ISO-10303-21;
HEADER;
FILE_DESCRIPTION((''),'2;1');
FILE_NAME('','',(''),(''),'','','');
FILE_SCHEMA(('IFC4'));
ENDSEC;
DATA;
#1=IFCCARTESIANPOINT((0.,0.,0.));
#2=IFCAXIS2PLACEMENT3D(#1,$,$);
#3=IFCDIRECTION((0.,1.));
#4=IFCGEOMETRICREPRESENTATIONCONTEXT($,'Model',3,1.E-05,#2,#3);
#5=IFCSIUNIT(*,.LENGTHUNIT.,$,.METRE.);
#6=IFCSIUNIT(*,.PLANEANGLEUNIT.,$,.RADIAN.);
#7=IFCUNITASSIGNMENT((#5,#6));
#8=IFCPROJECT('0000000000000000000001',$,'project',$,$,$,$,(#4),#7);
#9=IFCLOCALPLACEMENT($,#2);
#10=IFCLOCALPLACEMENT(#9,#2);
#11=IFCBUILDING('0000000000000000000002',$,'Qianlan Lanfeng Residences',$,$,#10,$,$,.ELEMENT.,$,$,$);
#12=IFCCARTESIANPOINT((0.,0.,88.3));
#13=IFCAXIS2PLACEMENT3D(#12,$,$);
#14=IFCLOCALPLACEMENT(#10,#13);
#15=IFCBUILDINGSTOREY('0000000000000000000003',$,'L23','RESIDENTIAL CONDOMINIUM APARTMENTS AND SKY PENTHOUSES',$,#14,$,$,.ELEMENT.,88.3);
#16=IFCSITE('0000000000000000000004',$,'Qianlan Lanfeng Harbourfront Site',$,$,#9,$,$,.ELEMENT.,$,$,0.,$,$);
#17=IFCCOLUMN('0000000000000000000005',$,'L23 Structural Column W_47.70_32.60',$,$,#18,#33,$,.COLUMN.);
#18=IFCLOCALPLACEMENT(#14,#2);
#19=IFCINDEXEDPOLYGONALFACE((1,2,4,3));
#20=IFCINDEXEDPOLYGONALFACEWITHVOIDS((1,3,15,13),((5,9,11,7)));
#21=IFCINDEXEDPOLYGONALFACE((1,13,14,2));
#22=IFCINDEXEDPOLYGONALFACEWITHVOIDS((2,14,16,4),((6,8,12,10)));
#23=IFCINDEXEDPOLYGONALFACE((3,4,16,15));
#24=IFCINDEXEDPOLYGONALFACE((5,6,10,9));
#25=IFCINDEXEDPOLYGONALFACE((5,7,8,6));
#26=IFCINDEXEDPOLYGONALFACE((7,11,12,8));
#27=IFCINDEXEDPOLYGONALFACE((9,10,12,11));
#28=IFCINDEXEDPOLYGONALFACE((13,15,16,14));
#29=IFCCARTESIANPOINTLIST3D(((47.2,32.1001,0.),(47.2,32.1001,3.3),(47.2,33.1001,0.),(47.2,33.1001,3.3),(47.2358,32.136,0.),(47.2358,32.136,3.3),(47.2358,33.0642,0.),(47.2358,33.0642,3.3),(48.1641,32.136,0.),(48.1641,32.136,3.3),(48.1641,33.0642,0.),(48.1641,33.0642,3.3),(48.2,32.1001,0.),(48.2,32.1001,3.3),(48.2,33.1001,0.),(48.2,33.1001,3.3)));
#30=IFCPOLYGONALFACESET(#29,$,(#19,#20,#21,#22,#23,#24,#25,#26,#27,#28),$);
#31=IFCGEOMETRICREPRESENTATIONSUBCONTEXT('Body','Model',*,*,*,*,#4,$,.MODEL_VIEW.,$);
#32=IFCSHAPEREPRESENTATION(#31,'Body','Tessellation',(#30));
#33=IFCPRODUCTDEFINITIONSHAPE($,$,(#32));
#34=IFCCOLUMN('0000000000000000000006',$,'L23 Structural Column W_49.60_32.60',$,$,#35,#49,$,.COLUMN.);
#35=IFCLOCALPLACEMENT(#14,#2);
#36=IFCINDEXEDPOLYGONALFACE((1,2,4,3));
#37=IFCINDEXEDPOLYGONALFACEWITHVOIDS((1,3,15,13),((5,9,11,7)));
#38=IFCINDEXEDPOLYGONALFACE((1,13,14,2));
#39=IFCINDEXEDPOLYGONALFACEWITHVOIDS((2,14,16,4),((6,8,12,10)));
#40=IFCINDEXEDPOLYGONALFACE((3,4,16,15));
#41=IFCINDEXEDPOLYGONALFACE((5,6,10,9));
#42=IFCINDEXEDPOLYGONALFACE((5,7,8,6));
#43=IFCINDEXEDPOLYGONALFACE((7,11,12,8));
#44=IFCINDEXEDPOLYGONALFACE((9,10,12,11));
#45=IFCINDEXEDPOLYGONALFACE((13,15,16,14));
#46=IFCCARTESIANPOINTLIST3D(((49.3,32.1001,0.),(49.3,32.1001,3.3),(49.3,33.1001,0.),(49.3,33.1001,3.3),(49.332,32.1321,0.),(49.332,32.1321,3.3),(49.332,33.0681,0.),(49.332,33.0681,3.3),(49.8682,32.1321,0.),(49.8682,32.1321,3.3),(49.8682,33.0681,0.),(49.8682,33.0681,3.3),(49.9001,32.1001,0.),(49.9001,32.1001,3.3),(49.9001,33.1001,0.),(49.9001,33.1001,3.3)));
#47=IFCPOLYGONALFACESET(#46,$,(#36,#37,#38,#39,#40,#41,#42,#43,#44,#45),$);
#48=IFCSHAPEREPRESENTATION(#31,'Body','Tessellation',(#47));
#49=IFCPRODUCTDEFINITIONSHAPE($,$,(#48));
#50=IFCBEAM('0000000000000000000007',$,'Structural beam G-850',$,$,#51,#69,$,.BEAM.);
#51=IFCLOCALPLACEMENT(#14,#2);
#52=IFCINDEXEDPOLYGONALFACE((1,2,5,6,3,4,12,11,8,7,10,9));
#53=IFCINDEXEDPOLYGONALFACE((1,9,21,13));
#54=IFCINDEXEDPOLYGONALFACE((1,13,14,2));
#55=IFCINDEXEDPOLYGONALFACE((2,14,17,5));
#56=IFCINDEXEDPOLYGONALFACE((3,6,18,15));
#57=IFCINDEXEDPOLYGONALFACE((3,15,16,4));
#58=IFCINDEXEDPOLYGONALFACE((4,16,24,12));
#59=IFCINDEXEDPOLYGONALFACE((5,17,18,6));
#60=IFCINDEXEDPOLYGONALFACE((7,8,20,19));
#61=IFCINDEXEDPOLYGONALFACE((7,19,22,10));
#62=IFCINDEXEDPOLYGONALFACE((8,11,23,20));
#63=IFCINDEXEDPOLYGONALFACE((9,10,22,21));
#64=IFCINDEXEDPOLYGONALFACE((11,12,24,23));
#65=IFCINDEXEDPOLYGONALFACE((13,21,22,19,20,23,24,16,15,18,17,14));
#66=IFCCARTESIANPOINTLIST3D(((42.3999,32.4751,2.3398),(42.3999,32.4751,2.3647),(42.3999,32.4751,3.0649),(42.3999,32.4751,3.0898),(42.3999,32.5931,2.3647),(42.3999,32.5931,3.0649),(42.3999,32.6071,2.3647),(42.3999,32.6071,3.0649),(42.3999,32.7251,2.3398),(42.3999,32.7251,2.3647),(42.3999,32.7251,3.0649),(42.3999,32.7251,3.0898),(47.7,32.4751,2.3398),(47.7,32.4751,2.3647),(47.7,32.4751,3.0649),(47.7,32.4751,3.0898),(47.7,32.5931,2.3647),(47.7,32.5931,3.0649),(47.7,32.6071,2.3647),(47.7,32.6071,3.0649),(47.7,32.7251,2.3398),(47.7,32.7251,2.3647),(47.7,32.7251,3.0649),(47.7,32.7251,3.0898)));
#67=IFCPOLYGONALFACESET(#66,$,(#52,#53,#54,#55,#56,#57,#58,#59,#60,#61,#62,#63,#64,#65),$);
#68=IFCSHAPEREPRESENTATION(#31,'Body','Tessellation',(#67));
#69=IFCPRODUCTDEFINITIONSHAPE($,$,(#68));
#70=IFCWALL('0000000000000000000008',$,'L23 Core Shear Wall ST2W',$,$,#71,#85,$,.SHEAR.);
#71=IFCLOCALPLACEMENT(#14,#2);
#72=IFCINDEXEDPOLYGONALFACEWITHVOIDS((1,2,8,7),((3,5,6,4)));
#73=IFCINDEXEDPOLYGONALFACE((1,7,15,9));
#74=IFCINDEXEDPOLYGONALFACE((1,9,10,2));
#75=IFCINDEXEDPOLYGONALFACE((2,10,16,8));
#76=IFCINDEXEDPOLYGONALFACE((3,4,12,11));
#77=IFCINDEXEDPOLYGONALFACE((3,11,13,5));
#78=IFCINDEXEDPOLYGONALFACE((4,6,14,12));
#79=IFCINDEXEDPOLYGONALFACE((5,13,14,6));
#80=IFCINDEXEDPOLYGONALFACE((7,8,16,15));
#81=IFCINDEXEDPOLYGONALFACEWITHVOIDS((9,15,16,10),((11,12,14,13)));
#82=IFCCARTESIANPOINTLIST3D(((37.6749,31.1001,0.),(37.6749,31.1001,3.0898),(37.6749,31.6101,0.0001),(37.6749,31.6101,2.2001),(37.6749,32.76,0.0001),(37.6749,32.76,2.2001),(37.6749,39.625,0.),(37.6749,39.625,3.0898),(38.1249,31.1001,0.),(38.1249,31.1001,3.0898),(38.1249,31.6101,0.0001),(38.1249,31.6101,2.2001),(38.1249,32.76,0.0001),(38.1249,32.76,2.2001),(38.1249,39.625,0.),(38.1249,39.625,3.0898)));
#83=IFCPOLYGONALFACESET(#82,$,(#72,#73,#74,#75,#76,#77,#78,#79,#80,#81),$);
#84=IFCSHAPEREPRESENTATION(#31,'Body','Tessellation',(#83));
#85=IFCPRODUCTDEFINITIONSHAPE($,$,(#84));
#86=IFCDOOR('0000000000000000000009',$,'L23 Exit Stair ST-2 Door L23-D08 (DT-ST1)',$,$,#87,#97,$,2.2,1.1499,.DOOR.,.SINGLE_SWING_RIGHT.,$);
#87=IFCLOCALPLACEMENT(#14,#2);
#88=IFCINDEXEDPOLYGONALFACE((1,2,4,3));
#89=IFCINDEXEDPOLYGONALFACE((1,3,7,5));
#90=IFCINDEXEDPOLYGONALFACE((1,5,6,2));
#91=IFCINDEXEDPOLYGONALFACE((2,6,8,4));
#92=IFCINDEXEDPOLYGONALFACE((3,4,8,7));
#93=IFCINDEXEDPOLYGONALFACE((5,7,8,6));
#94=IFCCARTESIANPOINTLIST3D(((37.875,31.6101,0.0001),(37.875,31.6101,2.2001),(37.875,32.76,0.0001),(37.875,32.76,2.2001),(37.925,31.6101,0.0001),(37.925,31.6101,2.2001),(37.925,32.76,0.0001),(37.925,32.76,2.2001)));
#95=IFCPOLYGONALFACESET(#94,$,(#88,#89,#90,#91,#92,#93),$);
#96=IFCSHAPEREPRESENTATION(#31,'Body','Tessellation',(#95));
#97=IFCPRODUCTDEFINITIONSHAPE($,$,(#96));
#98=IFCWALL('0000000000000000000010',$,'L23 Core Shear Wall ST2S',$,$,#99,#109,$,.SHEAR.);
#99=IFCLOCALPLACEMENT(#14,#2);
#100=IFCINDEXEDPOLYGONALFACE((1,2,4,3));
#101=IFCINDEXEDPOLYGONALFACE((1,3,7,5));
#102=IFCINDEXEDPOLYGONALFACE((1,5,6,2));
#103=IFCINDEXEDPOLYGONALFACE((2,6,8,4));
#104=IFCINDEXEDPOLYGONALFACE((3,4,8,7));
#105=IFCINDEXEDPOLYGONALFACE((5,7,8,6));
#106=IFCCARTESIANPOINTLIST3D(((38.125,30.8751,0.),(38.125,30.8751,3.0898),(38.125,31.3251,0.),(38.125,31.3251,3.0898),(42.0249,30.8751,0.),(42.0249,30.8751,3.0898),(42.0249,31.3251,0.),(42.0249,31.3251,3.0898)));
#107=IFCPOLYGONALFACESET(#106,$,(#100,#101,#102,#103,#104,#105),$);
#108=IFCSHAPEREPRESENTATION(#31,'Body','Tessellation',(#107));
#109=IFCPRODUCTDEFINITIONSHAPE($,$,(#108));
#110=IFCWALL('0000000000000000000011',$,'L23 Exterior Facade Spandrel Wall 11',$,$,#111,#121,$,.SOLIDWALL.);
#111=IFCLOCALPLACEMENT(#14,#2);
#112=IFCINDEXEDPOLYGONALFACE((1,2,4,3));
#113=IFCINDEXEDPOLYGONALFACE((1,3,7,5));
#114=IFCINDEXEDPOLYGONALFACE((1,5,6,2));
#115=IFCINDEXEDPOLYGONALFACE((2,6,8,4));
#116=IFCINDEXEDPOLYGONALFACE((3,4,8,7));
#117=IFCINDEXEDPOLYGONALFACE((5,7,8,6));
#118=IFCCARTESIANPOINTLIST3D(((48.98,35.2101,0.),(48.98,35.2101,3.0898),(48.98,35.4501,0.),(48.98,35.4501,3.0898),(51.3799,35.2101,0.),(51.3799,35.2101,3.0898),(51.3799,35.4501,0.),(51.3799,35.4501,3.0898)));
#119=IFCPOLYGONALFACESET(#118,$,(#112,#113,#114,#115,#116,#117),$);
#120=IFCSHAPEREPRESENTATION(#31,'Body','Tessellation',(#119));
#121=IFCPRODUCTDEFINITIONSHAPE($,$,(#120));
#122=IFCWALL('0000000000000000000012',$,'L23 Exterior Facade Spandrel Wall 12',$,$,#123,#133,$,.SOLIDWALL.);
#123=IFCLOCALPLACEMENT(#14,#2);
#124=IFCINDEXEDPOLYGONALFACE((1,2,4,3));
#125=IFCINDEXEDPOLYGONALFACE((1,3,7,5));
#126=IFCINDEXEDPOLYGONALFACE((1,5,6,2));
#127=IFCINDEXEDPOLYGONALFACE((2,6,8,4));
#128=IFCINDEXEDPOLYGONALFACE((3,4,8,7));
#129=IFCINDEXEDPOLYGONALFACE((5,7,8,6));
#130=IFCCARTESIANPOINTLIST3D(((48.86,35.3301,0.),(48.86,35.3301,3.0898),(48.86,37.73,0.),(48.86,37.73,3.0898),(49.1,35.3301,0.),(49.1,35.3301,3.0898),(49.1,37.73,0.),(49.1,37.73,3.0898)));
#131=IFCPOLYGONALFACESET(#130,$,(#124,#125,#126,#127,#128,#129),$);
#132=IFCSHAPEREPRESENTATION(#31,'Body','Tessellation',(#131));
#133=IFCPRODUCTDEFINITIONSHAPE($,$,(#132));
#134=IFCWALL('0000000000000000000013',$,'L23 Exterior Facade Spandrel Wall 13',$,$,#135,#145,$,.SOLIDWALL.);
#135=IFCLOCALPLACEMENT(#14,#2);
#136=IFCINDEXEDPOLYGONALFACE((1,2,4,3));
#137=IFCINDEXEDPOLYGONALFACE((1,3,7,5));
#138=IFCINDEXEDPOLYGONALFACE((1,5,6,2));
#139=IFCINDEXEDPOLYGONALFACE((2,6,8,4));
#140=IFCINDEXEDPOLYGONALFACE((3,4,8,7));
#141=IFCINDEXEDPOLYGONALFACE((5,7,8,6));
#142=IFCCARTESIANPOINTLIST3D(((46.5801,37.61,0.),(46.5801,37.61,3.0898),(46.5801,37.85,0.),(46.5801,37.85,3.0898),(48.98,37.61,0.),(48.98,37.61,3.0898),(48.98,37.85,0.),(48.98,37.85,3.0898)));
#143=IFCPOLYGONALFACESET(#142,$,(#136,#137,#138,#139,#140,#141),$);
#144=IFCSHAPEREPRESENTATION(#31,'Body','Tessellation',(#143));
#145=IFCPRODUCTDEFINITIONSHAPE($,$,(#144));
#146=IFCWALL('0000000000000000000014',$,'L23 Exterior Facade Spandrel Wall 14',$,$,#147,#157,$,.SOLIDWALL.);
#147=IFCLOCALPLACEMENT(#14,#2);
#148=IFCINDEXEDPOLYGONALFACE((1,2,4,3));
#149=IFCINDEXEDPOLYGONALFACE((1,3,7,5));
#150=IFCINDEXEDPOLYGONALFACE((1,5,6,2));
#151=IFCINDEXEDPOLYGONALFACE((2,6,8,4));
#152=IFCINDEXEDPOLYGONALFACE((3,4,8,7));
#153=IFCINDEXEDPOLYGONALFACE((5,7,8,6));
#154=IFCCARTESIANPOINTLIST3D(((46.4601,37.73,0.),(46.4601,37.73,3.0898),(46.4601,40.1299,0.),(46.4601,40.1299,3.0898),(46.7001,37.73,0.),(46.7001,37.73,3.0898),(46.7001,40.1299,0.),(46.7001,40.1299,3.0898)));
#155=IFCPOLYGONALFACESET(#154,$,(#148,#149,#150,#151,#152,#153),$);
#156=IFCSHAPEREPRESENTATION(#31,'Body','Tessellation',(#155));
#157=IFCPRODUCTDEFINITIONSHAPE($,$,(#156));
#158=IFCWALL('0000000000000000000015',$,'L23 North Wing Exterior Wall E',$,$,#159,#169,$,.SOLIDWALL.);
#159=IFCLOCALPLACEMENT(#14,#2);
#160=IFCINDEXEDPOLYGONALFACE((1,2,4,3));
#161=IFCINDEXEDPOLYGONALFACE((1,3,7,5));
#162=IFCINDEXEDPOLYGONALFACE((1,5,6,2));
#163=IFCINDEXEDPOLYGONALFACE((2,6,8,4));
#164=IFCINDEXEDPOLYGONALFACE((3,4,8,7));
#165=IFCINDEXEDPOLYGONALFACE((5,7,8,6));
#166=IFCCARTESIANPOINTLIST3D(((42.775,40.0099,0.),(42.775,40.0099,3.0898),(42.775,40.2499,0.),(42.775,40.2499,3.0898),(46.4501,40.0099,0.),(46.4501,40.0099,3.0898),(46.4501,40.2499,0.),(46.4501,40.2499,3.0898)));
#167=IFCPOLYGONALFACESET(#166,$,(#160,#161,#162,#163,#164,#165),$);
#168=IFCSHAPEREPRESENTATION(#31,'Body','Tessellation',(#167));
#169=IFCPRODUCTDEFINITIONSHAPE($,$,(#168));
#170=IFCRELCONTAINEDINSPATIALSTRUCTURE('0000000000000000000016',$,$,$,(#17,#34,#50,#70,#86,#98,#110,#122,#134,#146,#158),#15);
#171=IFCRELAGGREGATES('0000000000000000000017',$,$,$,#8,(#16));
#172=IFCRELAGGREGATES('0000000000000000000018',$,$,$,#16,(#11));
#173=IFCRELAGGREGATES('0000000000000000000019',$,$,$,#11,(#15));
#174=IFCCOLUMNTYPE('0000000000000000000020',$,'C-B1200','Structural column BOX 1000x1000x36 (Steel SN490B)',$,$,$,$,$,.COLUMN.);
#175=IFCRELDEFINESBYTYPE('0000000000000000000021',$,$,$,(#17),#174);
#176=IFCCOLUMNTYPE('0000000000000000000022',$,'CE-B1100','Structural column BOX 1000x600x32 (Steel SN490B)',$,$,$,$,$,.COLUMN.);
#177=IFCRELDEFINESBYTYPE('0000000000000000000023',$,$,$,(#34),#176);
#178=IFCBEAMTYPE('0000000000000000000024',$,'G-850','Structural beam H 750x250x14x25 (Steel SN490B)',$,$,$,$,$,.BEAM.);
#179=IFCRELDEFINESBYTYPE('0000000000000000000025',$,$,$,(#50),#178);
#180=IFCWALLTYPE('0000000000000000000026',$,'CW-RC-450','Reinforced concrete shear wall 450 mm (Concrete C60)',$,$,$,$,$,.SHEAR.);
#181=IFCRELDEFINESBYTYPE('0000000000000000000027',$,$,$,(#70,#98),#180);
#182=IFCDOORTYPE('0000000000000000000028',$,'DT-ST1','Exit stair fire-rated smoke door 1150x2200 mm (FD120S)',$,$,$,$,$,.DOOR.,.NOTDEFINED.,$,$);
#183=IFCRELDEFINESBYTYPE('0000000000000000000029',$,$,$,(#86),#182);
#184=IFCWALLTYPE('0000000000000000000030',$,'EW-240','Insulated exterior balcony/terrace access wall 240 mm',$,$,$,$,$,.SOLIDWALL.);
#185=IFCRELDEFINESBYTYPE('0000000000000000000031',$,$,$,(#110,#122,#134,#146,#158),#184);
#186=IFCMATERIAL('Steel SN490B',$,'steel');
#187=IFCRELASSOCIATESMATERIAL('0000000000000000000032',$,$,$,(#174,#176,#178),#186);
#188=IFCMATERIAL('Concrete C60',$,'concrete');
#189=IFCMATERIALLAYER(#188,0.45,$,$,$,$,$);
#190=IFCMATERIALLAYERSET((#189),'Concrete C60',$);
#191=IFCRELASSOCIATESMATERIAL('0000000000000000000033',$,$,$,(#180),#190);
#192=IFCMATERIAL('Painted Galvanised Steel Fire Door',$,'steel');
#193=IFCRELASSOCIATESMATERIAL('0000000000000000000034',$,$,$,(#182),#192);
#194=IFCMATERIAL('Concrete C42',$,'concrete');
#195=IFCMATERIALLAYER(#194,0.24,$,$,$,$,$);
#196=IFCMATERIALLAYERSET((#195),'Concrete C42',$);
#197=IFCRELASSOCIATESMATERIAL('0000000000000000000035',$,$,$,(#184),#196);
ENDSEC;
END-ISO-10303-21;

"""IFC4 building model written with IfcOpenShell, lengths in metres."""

from ifc_helpers import new_model, si_unit, direction, frame, frame_2d, origin, origin_2d, place, context, subcontext, project, spatial, rectangle, hollow_rectangle, i_section, extrude, material, layer, layer_set, material_profile, profile_set, type_object, element, fill, save


model = new_model("IFC4")

# Units and contexts
model_context = context("Model", 3, precision=1e-05, world=origin(), true_north=direction((0.0, 1.0)))
body_context = subcontext(model_context, "Body", "Model", "MODEL_VIEW")
ifc_project = project(units=[si_unit("LENGTHUNIT", "METRE"), si_unit("PLANEANGLEUNIT", "RADIAN")], contexts=[model_context])

# Site, building, storey
site_placement = place(None, origin())
site = spatial("IfcSite", under=ifc_project, at=site_placement, Name="Qianlan Lanfeng Harbourfront Site", CompositionType="ELEMENT", RefElevation=0.0)
building_placement = place(site_placement, origin())
building = spatial("IfcBuilding", under=site, at=building_placement, Name="Qianlan Lanfeng Residences", CompositionType="ELEMENT")
storey_placement = place(building_placement, frame((0.0, 0.0, 88.3)))
storey = spatial("IfcBuildingStorey", under=building, at=storey_placement, Name="L23", Description="RESIDENTIAL CONDOMINIUM APARTMENTS AND SKY PENTHOUSES", CompositionType="ELEMENT", Elevation=88.3)

# Columns
ifc_material_1 = material(Name="Steel SN490B", Category="steel")
ifc_material_profile_1 = material_profile(ifc_material_1, hollow_rectangle(XDim=1.0, YDim=1.0, WallThickness=0.0359, at=origin_2d()), Name="BOX 1000x1000x36")
ifc_profile_set_1 = profile_set([ifc_material_profile_1], Name="Steel SN490B")
column_type_1 = type_object("IfcColumnType", Name="C-B1200", Description="Structural column BOX 1000x1000x36 (Steel SN490B)", PredefinedType="COLUMN", material=ifc_profile_set_1)
column_1_placement = place(storey_placement, frame((47.7, 32.6001, 0.0), z_axis=(0.0, 0.0, 1.0), x_axis=(1.0, 0.0, 0.0)))
element("IfcColumn", 1, at=column_1_placement, inside=storey, type_object=column_type_1, Name="L23 Structural Column W_47.70_32.60", PredefinedType="COLUMN", context=body_context, shape_type="SweptSolid", body=[
    extrude(hollow_rectangle(XDim=1.0, YDim=1.0, WallThickness=0.0359, at=origin_2d()), origin(), (0.0, 0.0, 1.0), 3.3),
])
ifc_material_profile_2 = material_profile(ifc_material_1, hollow_rectangle(XDim=0.6001, YDim=1.0, WallThickness=0.032, at=origin_2d()), Name="BOX 1000x600x32")
ifc_profile_set_2 = profile_set([ifc_material_profile_2], Name="Steel SN490B")
column_type_2 = type_object("IfcColumnType", Name="CE-B1100", Description="Structural column BOX 1000x600x32 (Steel SN490B)", PredefinedType="COLUMN", material=ifc_profile_set_2)
column_2_placement = place(storey_placement, frame((49.6001, 32.6001, 0.0), z_axis=(0.0, 0.0, 1.0), x_axis=(1.0, 0.0, 0.0)))
element("IfcColumn", 2, at=column_2_placement, inside=storey, type_object=column_type_2, Name="L23 Structural Column W_49.60_32.60", PredefinedType="COLUMN", context=body_context, shape_type="SweptSolid", body=[
    extrude(hollow_rectangle(XDim=0.6001, YDim=1.0, WallThickness=0.032, at=origin_2d()), origin(), (0.0, 0.0, 1.0), 3.3),
])

# Beam
ifc_material_profile_3 = material_profile(ifc_material_1, i_section(OverallWidth=0.25, OverallDepth=0.75, WebThickness=0.0139, FlangeThickness=0.0249, at=origin_2d()), Name="H 750x250x14x25")
ifc_profile_set_3 = profile_set([ifc_material_profile_3], Name="Steel SN490B")
beam_type = type_object("IfcBeamType", Name="G-850", Description="Structural beam H 750x250x14x25 (Steel SN490B)", PredefinedType="BEAM", material=ifc_profile_set_3)
beam_placement = place(storey_placement, frame((42.3999, 32.6001, 2.7148), z_axis=(1.0, 0.0, 0.0), x_axis=(0.0, 1.0, 0.0)))
element("IfcBeam", 3, at=beam_placement, inside=storey, type_object=beam_type, Name="Structural beam G-850", PredefinedType="BEAM", context=body_context, shape_type="SweptSolid", body=[
    extrude(i_section(OverallWidth=0.25, OverallDepth=0.75, WebThickness=0.0139, FlangeThickness=0.0249, at=origin_2d()), origin(), (0.0, 0.0, 1.0), 5.3),
])

# Wall, opening, door
ifc_material_2 = material(Name="Concrete C60", Category="concrete")
ifc_layer_1 = layer(ifc_material_2, 0.45)
ifc_layer_set_1 = layer_set([ifc_layer_1], Name="Concrete C60")
wall_type_1 = type_object("IfcWallType", Name="CW-RC-450", Description="Reinforced concrete shear wall 450 mm (Concrete C60)", PredefinedType="SHEAR", material=ifc_layer_set_1)
wall_1_placement = place(storey_placement, frame((37.8999, 31.1001, 0.0), z_axis=(0.0, 0.0, 1.0), x_axis=(0.0, 1.0, 0.0)))
wall_1 = element("IfcWall", 4, at=wall_1_placement, inside=storey, type_object=wall_type_1, Name="L23 Core Shear Wall ST2W", PredefinedType="SHEAR", context=body_context, shape_type="SweptSolid", body=[
    extrude(rectangle(XDim=8.5249, YDim=0.45, at=frame_2d((4.2625, 0.0))), origin(), (0.0, 0.0, 1.0), 3.0898),
])
opening_1_placement = place(wall_1_placement, frame((0.51, 0.0, 0.0)))
opening_1 = element("IfcOpeningElement", 5, at=opening_1_placement, cuts=wall_1, PredefinedType="OPENING", context=body_context, shape_type="SweptSolid", body=[
    extrude(rectangle(XDim=1.1499, YDim=2.2, at=frame_2d((0.575, 1.1001))), frame((0.0, 0.2349, 0.0), z_axis=(0.0, -1.0, 0.0), x_axis=(1.0, 0.0, 0.0)), (0.0, 0.0, 1.0), 0.47),
])
ifc_material_3 = material(Name="Painted Galvanised Steel Fire Door", Category="steel")
door_type_1 = type_object("IfcDoorType", Name="DT-ST1", Description="Exit stair fire-rated smoke door 1150x2200 mm (FD120S)", OperationType="NOTDEFINED", PredefinedType="DOOR", material=ifc_material_3)
door_1_placement = place(opening_1_placement, origin())
door_1 = element("IfcDoor", 6, at=door_1_placement, inside=storey, type_object=door_type_1, Name="L23 Exit Stair ST-2 Door L23-D08 (DT-ST1)", OperationType="SINGLE_SWING_RIGHT", OverallHeight=2.2, OverallWidth=1.1499, PredefinedType="DOOR", context=body_context, shape_type="SweptSolid", body=[
    extrude(rectangle(XDim=1.1499, YDim=2.2, at=frame_2d((0.575, 1.1001))), frame((0.0, 0.0249, 0.0), z_axis=(0.0, -1.0, 0.0), x_axis=(1.0, 0.0, 0.0)), (0.0, 0.0, 1.0), 0.05),
])
fill(opening_1, door_1)

# Walls
wall_2_placement = place(storey_placement, frame((38.125, 31.1001, 0.0), z_axis=(0.0, 0.0, 1.0), x_axis=(1.0, 0.0, 0.0)))
element("IfcWall", 7, at=wall_2_placement, inside=storey, type_object=wall_type_1, Name="L23 Core Shear Wall ST2S", PredefinedType="SHEAR", context=body_context, shape_type="SweptSolid", body=[
    extrude(rectangle(XDim=3.8999, YDim=0.45, at=frame_2d((1.95, 0.0))), origin(), (0.0, 0.0, 1.0), 3.0898),
])
ifc_material_4 = material(Name="Concrete C42", Category="concrete")
ifc_layer_2 = layer(ifc_material_4, 0.24)
ifc_layer_set_2 = layer_set([ifc_layer_2], Name="Concrete C42")
wall_type_2 = type_object("IfcWallType", Name="EW-240", Description="Insulated exterior balcony/terrace access wall 240 mm", PredefinedType="SOLIDWALL", material=ifc_layer_set_2)
for number, where, z_axis, x_axis, name in (
    (8, (51.3799, 35.3301, 0.0), (0.0, 0.0, 1.0), (-1.0, 0.0, 0.0), "L23 Exterior Facade Spandrel Wall 11"),
    (9, (48.98, 35.3301, 0.0), (0.0, 0.0, 1.0), (0.0, 1.0, 0.0), "L23 Exterior Facade Spandrel Wall 12"),
    (10, (48.98, 37.73, 0.0), (0.0, 0.0, 1.0), (-1.0, 0.0, 0.0), "L23 Exterior Facade Spandrel Wall 13"),
    (11, (46.5801, 37.73, 0.0), (0.0, 0.0, 1.0), (0.0, 1.0, 0.0), "L23 Exterior Facade Spandrel Wall 14"),
):
    element("IfcWall", number, at=place(storey_placement, frame(where, z_axis=z_axis, x_axis=x_axis)), inside=storey, type_object=wall_type_2, Name=name, PredefinedType="SOLIDWALL", context=body_context, shape_type="SweptSolid", body=[
        extrude(rectangle(XDim=2.3999, YDim=0.24, at=frame_2d((1.2, 0.0))), origin(), (0.0, 0.0, 1.0), 3.0898),
    ])
wall_3_placement = place(storey_placement, frame((46.45, 40.1299, 0.0), z_axis=(0.0, 0.0, 1.0), x_axis=(-1.0, 0.0, 0.0)))
element("IfcWall", 12, at=wall_3_placement, inside=storey, type_object=wall_type_2, Name="L23 North Wing Exterior Wall E", PredefinedType="SOLIDWALL", context=body_context, shape_type="SweptSolid", body=[
    extrude(rectangle(XDim=3.675, YDim=0.24, at=frame_2d((1.8374, 0.0))), origin(), (0.0, 0.0, 1.0), 3.0898),
])

save(model, "model.ifc")
